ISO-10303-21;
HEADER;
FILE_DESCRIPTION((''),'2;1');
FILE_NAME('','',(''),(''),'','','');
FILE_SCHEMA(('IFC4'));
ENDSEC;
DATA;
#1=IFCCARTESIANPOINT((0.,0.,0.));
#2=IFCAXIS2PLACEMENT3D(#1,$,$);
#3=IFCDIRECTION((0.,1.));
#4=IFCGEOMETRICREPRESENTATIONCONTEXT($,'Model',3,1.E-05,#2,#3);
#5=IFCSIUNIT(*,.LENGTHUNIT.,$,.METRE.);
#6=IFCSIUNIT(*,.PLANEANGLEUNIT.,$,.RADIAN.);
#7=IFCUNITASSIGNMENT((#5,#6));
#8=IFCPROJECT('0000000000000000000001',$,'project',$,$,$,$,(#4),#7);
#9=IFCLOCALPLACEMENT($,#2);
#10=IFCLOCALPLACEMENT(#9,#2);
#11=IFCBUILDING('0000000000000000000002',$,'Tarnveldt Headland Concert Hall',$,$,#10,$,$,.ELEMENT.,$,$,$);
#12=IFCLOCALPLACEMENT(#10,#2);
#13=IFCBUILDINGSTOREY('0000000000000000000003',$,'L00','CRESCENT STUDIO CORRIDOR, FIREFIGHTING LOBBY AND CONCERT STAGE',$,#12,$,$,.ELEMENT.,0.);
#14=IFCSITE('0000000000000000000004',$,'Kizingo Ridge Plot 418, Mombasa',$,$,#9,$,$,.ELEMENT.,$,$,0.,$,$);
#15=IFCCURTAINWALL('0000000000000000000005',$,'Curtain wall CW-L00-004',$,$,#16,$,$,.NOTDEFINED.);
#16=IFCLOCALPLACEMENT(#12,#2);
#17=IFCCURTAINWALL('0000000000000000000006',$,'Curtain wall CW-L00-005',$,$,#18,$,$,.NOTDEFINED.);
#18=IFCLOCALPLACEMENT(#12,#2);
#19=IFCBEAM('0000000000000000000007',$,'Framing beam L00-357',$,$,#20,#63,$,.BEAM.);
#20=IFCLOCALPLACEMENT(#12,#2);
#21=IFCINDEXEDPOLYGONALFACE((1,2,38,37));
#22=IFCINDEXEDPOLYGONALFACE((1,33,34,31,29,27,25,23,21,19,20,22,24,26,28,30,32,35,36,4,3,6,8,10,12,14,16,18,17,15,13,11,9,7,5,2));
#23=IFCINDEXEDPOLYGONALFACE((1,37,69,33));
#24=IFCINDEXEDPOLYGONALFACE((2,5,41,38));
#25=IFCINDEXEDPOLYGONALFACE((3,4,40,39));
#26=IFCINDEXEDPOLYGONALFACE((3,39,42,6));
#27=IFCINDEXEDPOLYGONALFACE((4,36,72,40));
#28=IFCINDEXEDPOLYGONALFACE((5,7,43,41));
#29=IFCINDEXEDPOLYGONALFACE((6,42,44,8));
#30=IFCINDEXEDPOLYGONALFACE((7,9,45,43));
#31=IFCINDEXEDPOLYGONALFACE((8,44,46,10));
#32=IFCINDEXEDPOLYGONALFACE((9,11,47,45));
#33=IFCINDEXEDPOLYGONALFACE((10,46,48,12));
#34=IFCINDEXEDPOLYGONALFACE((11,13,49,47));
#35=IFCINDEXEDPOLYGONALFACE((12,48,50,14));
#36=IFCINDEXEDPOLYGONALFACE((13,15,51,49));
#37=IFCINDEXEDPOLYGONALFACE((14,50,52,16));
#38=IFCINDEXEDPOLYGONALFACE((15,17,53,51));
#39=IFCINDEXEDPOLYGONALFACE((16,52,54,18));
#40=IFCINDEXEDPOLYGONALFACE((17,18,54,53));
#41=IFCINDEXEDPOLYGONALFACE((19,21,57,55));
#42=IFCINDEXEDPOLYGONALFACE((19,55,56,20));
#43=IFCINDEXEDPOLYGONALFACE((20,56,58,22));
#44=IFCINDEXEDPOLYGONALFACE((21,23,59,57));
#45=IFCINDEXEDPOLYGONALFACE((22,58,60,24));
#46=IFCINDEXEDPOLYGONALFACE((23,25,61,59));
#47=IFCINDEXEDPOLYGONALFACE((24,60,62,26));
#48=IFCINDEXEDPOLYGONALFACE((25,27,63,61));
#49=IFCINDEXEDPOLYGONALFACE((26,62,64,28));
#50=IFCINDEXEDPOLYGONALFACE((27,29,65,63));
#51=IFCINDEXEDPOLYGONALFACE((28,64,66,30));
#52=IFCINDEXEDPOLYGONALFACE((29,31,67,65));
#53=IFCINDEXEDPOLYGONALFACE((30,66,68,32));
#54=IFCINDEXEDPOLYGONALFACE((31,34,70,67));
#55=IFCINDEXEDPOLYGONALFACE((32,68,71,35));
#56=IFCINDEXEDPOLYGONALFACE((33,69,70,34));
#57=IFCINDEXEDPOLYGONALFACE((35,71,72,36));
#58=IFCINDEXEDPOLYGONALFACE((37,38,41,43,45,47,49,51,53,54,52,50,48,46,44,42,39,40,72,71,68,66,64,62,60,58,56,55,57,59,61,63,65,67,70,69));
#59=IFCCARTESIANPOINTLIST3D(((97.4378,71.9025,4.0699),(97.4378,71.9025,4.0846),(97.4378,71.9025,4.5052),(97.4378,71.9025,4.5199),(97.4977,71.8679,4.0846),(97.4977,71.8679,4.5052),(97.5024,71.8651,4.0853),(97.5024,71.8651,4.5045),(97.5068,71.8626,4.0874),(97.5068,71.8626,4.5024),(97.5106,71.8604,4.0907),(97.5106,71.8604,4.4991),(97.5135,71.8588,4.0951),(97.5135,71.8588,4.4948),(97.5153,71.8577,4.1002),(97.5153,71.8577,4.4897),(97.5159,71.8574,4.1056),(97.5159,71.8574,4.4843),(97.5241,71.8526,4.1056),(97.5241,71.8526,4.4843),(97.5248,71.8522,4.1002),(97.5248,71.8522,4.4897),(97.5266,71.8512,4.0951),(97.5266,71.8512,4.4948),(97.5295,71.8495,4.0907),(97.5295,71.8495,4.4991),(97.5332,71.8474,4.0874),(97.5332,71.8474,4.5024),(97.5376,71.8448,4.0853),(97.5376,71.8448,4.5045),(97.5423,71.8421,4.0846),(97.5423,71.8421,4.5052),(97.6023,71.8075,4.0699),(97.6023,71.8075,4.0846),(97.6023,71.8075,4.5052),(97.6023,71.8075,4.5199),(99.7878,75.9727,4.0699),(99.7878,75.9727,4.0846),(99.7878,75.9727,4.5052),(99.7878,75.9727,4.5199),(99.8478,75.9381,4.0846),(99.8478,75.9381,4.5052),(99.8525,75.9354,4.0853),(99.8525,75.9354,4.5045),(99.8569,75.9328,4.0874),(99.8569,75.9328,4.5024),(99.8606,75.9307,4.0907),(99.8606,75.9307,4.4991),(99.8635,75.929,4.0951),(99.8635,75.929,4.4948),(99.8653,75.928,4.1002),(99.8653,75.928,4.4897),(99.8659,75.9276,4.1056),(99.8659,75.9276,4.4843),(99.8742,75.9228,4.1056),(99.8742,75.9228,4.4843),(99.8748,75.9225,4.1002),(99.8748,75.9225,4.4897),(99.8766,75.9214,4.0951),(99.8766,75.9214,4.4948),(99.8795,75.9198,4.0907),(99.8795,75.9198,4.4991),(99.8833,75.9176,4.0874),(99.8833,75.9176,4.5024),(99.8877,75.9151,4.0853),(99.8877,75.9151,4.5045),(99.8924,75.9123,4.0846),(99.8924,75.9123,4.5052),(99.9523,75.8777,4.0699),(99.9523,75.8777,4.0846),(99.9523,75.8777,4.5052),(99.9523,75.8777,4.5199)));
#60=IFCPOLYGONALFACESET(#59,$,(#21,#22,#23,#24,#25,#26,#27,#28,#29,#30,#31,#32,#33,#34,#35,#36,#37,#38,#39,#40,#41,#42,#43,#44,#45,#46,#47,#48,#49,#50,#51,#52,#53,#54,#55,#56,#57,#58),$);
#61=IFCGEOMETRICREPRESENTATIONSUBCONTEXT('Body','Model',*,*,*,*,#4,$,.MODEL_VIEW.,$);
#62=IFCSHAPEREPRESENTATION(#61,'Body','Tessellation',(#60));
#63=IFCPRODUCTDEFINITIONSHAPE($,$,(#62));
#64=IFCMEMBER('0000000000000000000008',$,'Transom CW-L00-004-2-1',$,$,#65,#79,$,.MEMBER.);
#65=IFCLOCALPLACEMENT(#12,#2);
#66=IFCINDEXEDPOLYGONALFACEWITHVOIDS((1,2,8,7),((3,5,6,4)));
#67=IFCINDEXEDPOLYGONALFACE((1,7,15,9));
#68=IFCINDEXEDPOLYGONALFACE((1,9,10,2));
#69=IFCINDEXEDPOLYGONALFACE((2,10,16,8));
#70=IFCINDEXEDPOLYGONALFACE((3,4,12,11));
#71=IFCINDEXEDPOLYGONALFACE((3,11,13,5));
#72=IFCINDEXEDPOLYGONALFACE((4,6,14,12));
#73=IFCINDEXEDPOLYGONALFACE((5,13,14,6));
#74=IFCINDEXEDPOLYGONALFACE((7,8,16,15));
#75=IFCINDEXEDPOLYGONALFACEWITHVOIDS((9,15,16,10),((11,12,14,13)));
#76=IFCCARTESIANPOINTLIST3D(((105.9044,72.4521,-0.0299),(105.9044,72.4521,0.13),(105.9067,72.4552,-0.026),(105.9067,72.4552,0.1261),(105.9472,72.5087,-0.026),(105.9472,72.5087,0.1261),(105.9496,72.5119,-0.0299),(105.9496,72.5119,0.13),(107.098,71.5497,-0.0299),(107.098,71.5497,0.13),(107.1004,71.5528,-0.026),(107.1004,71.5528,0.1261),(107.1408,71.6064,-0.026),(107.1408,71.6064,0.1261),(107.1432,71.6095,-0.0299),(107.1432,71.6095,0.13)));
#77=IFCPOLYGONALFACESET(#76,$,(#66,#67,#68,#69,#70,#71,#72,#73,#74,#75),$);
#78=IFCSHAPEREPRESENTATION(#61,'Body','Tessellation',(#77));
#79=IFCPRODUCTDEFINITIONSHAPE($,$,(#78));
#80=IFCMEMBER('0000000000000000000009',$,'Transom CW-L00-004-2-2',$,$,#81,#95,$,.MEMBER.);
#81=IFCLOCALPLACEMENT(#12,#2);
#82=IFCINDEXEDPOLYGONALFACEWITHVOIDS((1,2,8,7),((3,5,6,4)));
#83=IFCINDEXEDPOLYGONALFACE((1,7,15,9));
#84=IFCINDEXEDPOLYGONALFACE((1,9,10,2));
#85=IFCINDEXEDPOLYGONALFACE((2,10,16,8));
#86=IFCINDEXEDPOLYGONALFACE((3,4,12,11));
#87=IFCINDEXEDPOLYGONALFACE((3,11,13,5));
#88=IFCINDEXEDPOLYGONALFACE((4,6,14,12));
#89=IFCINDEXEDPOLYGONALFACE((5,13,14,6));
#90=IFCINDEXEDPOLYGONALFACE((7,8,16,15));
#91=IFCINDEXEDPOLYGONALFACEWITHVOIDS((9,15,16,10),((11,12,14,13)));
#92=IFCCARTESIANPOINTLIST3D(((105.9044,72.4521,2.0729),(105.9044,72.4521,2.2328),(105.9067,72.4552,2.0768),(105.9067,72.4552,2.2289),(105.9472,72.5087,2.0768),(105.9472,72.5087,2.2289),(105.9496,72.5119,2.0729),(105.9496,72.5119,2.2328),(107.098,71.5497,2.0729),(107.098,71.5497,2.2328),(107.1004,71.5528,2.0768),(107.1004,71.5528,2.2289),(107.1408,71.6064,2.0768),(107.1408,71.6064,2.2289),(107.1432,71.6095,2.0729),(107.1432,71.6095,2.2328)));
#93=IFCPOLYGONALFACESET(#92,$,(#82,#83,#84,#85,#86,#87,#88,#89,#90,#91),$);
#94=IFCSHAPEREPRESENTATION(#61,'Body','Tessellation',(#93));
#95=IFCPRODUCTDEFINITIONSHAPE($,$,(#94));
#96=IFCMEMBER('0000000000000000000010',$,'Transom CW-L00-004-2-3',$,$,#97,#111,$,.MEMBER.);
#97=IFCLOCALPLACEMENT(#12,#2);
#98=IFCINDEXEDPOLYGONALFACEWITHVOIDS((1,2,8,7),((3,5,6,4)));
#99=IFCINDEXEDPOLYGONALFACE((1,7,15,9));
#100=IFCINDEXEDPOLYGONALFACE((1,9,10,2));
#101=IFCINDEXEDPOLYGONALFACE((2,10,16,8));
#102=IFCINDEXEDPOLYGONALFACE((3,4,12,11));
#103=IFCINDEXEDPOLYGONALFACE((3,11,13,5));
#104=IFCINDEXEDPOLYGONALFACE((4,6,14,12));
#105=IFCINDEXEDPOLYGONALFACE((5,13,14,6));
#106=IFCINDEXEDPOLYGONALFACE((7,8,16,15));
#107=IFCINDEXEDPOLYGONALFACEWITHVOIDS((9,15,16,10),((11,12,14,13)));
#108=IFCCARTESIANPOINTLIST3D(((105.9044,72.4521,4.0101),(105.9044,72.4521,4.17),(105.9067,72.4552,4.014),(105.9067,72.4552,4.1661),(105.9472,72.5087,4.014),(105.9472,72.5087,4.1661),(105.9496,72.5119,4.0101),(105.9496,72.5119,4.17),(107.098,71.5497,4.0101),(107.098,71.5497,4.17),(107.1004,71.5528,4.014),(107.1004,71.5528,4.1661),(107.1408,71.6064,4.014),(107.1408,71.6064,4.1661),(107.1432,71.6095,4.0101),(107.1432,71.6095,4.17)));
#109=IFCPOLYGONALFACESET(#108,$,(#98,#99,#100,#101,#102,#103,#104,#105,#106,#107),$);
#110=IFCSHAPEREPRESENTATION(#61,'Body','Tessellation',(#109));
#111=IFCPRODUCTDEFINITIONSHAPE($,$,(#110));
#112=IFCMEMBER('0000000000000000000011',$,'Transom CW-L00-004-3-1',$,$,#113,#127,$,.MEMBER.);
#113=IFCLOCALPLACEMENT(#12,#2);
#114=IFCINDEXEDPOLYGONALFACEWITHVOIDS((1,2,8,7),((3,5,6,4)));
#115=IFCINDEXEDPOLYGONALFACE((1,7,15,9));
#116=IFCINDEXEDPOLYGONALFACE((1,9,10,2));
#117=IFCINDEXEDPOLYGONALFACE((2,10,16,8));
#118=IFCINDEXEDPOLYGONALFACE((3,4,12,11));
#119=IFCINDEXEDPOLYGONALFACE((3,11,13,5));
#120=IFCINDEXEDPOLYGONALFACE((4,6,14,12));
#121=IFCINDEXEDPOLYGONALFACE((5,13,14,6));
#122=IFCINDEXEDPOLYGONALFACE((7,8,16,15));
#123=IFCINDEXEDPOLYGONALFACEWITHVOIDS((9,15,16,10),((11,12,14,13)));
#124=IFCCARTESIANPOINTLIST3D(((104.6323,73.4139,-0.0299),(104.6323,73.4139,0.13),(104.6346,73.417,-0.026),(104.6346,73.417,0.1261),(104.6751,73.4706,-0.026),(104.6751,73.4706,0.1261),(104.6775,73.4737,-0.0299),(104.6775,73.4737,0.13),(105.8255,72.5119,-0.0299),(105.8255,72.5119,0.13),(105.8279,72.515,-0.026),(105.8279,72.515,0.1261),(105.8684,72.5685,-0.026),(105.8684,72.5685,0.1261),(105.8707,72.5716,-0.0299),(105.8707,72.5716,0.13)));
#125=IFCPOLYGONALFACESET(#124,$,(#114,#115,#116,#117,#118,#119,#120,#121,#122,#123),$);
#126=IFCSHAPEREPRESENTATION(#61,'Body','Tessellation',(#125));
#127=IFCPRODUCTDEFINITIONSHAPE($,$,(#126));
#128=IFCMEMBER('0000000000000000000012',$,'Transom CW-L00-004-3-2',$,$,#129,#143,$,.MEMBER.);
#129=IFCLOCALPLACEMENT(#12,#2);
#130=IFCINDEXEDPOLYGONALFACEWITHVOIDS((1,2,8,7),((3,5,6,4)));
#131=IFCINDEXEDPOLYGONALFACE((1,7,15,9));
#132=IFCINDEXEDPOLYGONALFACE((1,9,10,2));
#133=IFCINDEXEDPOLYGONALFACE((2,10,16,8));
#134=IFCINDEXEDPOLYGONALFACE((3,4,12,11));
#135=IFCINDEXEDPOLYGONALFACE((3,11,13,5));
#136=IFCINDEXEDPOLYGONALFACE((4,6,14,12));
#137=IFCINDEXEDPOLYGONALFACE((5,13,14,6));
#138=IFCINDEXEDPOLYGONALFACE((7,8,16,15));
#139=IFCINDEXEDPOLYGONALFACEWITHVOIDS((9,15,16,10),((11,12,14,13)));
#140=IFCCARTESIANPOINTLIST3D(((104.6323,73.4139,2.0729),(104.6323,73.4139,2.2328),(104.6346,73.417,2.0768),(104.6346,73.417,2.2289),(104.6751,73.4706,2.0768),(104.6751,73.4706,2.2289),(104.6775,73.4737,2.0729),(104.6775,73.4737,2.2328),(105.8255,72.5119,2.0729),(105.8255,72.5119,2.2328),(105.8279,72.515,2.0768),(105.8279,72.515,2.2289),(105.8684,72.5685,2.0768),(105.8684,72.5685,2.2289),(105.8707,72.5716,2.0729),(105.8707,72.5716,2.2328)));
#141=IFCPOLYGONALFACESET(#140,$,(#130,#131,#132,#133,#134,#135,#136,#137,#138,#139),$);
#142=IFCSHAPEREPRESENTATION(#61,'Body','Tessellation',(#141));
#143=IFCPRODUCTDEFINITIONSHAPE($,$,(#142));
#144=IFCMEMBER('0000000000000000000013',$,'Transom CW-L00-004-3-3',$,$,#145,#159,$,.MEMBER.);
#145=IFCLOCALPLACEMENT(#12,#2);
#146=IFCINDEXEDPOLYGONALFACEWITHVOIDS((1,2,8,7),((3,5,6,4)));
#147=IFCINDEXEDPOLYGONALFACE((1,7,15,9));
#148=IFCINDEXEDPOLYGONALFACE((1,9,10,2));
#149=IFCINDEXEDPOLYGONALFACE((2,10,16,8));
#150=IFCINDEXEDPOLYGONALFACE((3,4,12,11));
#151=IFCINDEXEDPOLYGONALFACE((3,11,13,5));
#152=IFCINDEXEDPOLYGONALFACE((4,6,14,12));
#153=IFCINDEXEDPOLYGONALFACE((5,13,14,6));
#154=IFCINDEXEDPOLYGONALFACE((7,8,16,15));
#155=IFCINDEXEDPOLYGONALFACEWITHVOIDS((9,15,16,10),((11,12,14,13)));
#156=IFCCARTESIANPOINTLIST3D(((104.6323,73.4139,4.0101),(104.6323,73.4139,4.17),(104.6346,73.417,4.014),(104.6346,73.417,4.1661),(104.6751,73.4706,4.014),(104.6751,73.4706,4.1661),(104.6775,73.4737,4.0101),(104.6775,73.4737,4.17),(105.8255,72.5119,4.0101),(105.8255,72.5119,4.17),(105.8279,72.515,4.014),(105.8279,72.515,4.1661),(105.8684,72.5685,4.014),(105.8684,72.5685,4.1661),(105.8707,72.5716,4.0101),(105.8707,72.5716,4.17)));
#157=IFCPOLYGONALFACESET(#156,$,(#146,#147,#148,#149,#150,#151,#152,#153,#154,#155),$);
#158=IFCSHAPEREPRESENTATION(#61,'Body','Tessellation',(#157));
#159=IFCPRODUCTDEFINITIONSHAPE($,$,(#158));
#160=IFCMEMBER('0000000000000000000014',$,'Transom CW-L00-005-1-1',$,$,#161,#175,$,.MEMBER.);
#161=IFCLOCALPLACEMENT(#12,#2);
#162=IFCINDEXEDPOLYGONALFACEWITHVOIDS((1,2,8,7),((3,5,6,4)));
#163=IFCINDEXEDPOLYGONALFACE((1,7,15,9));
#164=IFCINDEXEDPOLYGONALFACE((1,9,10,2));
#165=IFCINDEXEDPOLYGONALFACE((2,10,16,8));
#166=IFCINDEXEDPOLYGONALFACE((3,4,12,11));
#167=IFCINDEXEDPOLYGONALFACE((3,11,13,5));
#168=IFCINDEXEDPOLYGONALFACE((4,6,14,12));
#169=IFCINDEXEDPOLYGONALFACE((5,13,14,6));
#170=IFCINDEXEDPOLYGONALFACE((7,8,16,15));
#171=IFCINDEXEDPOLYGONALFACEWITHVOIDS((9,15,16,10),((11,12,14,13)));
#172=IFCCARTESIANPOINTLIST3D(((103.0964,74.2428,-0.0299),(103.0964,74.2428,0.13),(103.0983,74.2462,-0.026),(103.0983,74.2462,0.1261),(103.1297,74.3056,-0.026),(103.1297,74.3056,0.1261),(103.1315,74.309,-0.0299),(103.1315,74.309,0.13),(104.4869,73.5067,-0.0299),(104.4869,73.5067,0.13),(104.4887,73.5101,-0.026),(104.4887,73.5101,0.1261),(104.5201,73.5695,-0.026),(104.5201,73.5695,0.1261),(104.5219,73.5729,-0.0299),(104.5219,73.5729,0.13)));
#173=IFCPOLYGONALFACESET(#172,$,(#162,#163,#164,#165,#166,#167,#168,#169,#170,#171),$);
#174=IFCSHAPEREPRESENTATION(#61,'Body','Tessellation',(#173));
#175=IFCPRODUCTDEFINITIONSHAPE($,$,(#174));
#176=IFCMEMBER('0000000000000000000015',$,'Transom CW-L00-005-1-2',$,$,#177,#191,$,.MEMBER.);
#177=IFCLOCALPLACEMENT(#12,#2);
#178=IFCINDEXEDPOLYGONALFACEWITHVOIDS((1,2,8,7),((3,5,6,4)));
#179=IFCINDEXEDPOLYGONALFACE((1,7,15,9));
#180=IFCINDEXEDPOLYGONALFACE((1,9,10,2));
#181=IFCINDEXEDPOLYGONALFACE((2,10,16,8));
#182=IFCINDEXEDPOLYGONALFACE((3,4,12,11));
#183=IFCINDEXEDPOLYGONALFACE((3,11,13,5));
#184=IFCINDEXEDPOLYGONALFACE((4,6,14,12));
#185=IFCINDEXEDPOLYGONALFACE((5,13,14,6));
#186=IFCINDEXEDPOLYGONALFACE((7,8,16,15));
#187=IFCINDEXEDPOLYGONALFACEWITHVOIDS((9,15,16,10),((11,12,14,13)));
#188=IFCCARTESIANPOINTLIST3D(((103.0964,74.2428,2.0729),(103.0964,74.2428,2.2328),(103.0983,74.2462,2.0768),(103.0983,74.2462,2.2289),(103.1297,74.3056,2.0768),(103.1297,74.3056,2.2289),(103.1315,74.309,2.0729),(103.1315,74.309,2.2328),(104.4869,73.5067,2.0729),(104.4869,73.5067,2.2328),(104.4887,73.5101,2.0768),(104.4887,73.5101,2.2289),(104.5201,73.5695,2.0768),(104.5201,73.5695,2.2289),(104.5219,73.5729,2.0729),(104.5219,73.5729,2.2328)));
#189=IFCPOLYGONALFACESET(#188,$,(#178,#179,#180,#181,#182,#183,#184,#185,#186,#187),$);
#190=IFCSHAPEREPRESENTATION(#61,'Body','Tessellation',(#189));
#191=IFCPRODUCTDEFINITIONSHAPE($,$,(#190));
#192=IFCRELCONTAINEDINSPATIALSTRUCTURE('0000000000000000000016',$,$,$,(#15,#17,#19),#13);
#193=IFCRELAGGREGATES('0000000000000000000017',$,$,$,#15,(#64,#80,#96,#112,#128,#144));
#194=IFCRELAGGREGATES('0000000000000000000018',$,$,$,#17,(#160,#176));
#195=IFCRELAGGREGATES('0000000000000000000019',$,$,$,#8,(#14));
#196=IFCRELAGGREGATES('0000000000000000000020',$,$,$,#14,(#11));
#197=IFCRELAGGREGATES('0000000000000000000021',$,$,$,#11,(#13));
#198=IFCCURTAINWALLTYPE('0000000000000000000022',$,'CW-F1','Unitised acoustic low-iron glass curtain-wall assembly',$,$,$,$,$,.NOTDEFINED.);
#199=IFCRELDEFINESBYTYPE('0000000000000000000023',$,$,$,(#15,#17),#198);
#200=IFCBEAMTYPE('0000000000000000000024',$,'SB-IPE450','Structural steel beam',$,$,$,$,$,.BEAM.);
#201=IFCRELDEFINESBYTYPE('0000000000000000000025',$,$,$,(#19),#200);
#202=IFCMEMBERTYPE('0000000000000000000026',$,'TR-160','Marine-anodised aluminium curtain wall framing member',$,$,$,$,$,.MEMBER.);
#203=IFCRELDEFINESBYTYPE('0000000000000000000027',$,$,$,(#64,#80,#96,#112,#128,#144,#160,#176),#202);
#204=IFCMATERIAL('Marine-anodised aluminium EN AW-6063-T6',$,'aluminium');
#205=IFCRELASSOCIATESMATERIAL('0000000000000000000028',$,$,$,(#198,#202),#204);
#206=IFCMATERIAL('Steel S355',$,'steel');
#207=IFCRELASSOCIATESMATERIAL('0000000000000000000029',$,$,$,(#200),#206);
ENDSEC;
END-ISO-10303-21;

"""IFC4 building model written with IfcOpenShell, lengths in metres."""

from ifc_helpers import new_model, si_unit, direction, frame, origin, origin_2d, place, context, subcontext, project, spatial, hollow_rectangle, i_section, extrude, material, material_profile, profile_set, type_object, element, aggregate, save


model = new_model("IFC4")

# Units and contexts
model_context = context("Model", 3, precision=1e-05, world=origin(), true_north=direction((0.0, 1.0)))
body_context = subcontext(model_context, "Body", "Model", "MODEL_VIEW")
ifc_project = project(units=[si_unit("LENGTHUNIT", "METRE"), si_unit("PLANEANGLEUNIT", "RADIAN")], contexts=[model_context])

# Site, building, storey
site_placement = place(None, origin())
site = spatial("IfcSite", under=ifc_project, at=site_placement, Name="Kizingo Ridge Plot 418, Mombasa", CompositionType="ELEMENT", RefElevation=0.0)
building_placement = place(site_placement, origin())
building = spatial("IfcBuilding", under=site, at=building_placement, Name="Tarnveldt Headland Concert Hall", CompositionType="ELEMENT")
storey_placement = place(building_placement, origin())
storey = spatial("IfcBuildingStorey", under=building, at=storey_placement, Name="L00", Description="CRESCENT STUDIO CORRIDOR, FIREFIGHTING LOBBY AND CONCERT STAGE", CompositionType="ELEMENT", Elevation=0.0)

# Curtain wall
ifc_material_1 = material(Name="Marine-anodised aluminium EN AW-6063-T6", Category="aluminium")
curtain_wall_type = type_object("IfcCurtainWallType", Name="CW-F1", Description="Unitised acoustic low-iron glass curtain-wall assembly", PredefinedType="NOTDEFINED", material=ifc_material_1)
curtain_wall_1_placement = place(storey_placement, origin())
curtain_wall_1 = element("IfcCurtainWall", 1, at=curtain_wall_1_placement, inside=storey, type_object=curtain_wall_type, Name="Curtain wall CW-L00-004", PredefinedType="NOTDEFINED")

# Curtain wall
curtain_wall_2_placement = place(storey_placement, origin())
curtain_wall_2 = element("IfcCurtainWall", 2, at=curtain_wall_2_placement, inside=storey, type_object=curtain_wall_type, Name="Curtain wall CW-L00-005", PredefinedType="NOTDEFINED")

# Beam
ifc_material_2 = material(Name="Steel S355", Category="steel")
ifc_material_profile_1 = material_profile(ifc_material_2, i_section(OverallWidth=0.1899, OverallDepth=0.45, WebThickness=0.0095, FlangeThickness=0.0146, FilletRadius=0.021, at=origin_2d()), Name="IPE450", Category="steel")
ifc_profile_set_1 = profile_set([ifc_material_profile_1], Name="Steel S355")
beam_type_1 = type_object("IfcBeamType", Name="SB-IPE450", Description="Structural steel beam", PredefinedType="BEAM", material=ifc_profile_set_1)
beam_1_placement = place(storey_placement, frame((97.52, 71.855, 4.2949), z_axis=(0.500016, 0.866016, 0.0), x_axis=(-0.866016, 0.500016, 0.0)))
element("IfcBeam", 3, at=beam_1_placement, inside=storey, type_object=beam_type_1, Name="Framing beam L00-357", PredefinedType="BEAM", context=body_context, shape_type="SweptSolid", body=[
    extrude(i_section(OverallWidth=0.1899, OverallDepth=0.45, WebThickness=0.0095, FlangeThickness=0.0146, FilletRadius=0.021, at=origin_2d()), origin(), (0.0, 0.0, 1.0), 4.7),
])

# Members
ifc_material_profile_2 = material_profile(ifc_material_1, hollow_rectangle(XDim=0.075, YDim=0.1599, WallThickness=0.0039, at=origin_2d()), Name="ALU TRANSOM 75x160x4", Category="aluminium")
ifc_profile_set_2 = profile_set([ifc_material_profile_2], Name="Marine-anodised aluminium EN AW-6063-T6")
member_type_1 = type_object("IfcMemberType", Name="TR-160", Description="Marine-anodised aluminium curtain wall framing member", PredefinedType="MEMBER", material=ifc_profile_set_2)
member_1_placement = place(storey_placement, frame((107.1206, 71.5796, 0.05), z_axis=(-0.797703, 0.60305, 0.0), x_axis=(-0.60305, -0.797703, 0.0)))
member_1 = element("IfcMember", 4, at=member_1_placement, type_object=member_type_1, Name="Transom CW-L00-004-2-1", PredefinedType="MEMBER", context=body_context, shape_type="SweptSolid", body=[
    extrude(hollow_rectangle(XDim=0.075, YDim=0.1599, WallThickness=0.0039, at=origin_2d()), origin(), (0.0, 0.0, 1.0), 1.4963),
])
member_2_placement = place(storey_placement, frame((107.1206, 71.5796, 2.1528), z_axis=(-0.797703, 0.60305, 0.0), x_axis=(-0.60305, -0.797703, 0.0)))
member_2 = element("IfcMember", 5, at=member_2_placement, type_object=member_type_1, Name="Transom CW-L00-004-2-2", PredefinedType="MEMBER", context=body_context, shape_type="SweptSolid", body=[
    extrude(hollow_rectangle(XDim=0.075, YDim=0.1599, WallThickness=0.0039, at=origin_2d()), origin(), (0.0, 0.0, 1.0), 1.4963),
])
member_3_placement = place(storey_placement, frame((107.1206, 71.5796, 4.0901), z_axis=(-0.797703, 0.60305, 0.0), x_axis=(-0.60305, -0.797703, 0.0)))
member_3 = element("IfcMember", 6, at=member_3_placement, type_object=member_type_1, Name="Transom CW-L00-004-2-3", PredefinedType="MEMBER", context=body_context, shape_type="SweptSolid", body=[
    extrude(hollow_rectangle(XDim=0.075, YDim=0.1599, WallThickness=0.0039, at=origin_2d()), origin(), (0.0, 0.0, 1.0), 1.4963),
])
member_4_placement = place(storey_placement, frame((105.8481, 72.5417, 0.05), z_axis=(-0.797723, 0.603025, 0.0), x_axis=(-0.603025, -0.797723, 0.0)))
member_4 = element("IfcMember", 7, at=member_4_placement, type_object=member_type_1, Name="Transom CW-L00-004-3-1", PredefinedType="MEMBER", context=body_context, shape_type="SweptSolid", body=[
    extrude(hollow_rectangle(XDim=0.075, YDim=0.1599, WallThickness=0.0039, at=origin_2d()), origin(), (0.0, 0.0, 1.0), 1.4958),
])
member_5_placement = place(storey_placement, frame((105.8481, 72.5417, 2.1528), z_axis=(-0.797723, 0.603025, 0.0), x_axis=(-0.603025, -0.797723, 0.0)))
member_5 = element("IfcMember", 8, at=member_5_placement, type_object=member_type_1, Name="Transom CW-L00-004-3-2", PredefinedType="MEMBER", context=body_context, shape_type="SweptSolid", body=[
    extrude(hollow_rectangle(XDim=0.075, YDim=0.1599, WallThickness=0.0039, at=origin_2d()), origin(), (0.0, 0.0, 1.0), 1.4958),
])
member_6_placement = place(storey_placement, frame((105.8481, 72.5417, 4.0901), z_axis=(-0.797723, 0.603025, 0.0), x_axis=(-0.603025, -0.797723, 0.0)))
member_6 = element("IfcMember", 9, at=member_6_placement, type_object=member_type_1, Name="Transom CW-L00-004-3-3", PredefinedType="MEMBER", context=body_context, shape_type="SweptSolid", body=[
    extrude(hollow_rectangle(XDim=0.075, YDim=0.1599, WallThickness=0.0039, at=origin_2d()), origin(), (0.0, 0.0, 1.0), 1.4958),
])
member_7_placement = place(storey_placement, frame((104.5044, 73.5398, 0.05), z_axis=(-0.883788, 0.467888, 0.0), x_axis=(-0.467888, -0.883788, 0.0)))
member_7 = element("IfcMember", 10, at=member_7_placement, type_object=member_type_1, Name="Transom CW-L00-005-1-1", PredefinedType="MEMBER", context=body_context, shape_type="SweptSolid", body=[
    extrude(hollow_rectangle(XDim=0.075, YDim=0.1599, WallThickness=0.0039, at=origin_2d()), origin(), (0.0, 0.0, 1.0), 1.5732),
])
member_8_placement = place(storey_placement, frame((104.5044, 73.5398, 2.1528), z_axis=(-0.883788, 0.467888, 0.0), x_axis=(-0.467888, -0.883788, 0.0)))
member_8 = element("IfcMember", 11, at=member_8_placement, type_object=member_type_1, Name="Transom CW-L00-005-1-2", PredefinedType="MEMBER", context=body_context, shape_type="SweptSolid", body=[
    extrude(hollow_rectangle(XDim=0.075, YDim=0.1599, WallThickness=0.0039, at=origin_2d()), origin(), (0.0, 0.0, 1.0), 1.5732),
])

aggregate(curtain_wall_1, [member_1, member_2, member_3, member_4, member_5, member_6])
aggregate(curtain_wall_2, [member_7, member_8])

save(model, "model.ifc")
